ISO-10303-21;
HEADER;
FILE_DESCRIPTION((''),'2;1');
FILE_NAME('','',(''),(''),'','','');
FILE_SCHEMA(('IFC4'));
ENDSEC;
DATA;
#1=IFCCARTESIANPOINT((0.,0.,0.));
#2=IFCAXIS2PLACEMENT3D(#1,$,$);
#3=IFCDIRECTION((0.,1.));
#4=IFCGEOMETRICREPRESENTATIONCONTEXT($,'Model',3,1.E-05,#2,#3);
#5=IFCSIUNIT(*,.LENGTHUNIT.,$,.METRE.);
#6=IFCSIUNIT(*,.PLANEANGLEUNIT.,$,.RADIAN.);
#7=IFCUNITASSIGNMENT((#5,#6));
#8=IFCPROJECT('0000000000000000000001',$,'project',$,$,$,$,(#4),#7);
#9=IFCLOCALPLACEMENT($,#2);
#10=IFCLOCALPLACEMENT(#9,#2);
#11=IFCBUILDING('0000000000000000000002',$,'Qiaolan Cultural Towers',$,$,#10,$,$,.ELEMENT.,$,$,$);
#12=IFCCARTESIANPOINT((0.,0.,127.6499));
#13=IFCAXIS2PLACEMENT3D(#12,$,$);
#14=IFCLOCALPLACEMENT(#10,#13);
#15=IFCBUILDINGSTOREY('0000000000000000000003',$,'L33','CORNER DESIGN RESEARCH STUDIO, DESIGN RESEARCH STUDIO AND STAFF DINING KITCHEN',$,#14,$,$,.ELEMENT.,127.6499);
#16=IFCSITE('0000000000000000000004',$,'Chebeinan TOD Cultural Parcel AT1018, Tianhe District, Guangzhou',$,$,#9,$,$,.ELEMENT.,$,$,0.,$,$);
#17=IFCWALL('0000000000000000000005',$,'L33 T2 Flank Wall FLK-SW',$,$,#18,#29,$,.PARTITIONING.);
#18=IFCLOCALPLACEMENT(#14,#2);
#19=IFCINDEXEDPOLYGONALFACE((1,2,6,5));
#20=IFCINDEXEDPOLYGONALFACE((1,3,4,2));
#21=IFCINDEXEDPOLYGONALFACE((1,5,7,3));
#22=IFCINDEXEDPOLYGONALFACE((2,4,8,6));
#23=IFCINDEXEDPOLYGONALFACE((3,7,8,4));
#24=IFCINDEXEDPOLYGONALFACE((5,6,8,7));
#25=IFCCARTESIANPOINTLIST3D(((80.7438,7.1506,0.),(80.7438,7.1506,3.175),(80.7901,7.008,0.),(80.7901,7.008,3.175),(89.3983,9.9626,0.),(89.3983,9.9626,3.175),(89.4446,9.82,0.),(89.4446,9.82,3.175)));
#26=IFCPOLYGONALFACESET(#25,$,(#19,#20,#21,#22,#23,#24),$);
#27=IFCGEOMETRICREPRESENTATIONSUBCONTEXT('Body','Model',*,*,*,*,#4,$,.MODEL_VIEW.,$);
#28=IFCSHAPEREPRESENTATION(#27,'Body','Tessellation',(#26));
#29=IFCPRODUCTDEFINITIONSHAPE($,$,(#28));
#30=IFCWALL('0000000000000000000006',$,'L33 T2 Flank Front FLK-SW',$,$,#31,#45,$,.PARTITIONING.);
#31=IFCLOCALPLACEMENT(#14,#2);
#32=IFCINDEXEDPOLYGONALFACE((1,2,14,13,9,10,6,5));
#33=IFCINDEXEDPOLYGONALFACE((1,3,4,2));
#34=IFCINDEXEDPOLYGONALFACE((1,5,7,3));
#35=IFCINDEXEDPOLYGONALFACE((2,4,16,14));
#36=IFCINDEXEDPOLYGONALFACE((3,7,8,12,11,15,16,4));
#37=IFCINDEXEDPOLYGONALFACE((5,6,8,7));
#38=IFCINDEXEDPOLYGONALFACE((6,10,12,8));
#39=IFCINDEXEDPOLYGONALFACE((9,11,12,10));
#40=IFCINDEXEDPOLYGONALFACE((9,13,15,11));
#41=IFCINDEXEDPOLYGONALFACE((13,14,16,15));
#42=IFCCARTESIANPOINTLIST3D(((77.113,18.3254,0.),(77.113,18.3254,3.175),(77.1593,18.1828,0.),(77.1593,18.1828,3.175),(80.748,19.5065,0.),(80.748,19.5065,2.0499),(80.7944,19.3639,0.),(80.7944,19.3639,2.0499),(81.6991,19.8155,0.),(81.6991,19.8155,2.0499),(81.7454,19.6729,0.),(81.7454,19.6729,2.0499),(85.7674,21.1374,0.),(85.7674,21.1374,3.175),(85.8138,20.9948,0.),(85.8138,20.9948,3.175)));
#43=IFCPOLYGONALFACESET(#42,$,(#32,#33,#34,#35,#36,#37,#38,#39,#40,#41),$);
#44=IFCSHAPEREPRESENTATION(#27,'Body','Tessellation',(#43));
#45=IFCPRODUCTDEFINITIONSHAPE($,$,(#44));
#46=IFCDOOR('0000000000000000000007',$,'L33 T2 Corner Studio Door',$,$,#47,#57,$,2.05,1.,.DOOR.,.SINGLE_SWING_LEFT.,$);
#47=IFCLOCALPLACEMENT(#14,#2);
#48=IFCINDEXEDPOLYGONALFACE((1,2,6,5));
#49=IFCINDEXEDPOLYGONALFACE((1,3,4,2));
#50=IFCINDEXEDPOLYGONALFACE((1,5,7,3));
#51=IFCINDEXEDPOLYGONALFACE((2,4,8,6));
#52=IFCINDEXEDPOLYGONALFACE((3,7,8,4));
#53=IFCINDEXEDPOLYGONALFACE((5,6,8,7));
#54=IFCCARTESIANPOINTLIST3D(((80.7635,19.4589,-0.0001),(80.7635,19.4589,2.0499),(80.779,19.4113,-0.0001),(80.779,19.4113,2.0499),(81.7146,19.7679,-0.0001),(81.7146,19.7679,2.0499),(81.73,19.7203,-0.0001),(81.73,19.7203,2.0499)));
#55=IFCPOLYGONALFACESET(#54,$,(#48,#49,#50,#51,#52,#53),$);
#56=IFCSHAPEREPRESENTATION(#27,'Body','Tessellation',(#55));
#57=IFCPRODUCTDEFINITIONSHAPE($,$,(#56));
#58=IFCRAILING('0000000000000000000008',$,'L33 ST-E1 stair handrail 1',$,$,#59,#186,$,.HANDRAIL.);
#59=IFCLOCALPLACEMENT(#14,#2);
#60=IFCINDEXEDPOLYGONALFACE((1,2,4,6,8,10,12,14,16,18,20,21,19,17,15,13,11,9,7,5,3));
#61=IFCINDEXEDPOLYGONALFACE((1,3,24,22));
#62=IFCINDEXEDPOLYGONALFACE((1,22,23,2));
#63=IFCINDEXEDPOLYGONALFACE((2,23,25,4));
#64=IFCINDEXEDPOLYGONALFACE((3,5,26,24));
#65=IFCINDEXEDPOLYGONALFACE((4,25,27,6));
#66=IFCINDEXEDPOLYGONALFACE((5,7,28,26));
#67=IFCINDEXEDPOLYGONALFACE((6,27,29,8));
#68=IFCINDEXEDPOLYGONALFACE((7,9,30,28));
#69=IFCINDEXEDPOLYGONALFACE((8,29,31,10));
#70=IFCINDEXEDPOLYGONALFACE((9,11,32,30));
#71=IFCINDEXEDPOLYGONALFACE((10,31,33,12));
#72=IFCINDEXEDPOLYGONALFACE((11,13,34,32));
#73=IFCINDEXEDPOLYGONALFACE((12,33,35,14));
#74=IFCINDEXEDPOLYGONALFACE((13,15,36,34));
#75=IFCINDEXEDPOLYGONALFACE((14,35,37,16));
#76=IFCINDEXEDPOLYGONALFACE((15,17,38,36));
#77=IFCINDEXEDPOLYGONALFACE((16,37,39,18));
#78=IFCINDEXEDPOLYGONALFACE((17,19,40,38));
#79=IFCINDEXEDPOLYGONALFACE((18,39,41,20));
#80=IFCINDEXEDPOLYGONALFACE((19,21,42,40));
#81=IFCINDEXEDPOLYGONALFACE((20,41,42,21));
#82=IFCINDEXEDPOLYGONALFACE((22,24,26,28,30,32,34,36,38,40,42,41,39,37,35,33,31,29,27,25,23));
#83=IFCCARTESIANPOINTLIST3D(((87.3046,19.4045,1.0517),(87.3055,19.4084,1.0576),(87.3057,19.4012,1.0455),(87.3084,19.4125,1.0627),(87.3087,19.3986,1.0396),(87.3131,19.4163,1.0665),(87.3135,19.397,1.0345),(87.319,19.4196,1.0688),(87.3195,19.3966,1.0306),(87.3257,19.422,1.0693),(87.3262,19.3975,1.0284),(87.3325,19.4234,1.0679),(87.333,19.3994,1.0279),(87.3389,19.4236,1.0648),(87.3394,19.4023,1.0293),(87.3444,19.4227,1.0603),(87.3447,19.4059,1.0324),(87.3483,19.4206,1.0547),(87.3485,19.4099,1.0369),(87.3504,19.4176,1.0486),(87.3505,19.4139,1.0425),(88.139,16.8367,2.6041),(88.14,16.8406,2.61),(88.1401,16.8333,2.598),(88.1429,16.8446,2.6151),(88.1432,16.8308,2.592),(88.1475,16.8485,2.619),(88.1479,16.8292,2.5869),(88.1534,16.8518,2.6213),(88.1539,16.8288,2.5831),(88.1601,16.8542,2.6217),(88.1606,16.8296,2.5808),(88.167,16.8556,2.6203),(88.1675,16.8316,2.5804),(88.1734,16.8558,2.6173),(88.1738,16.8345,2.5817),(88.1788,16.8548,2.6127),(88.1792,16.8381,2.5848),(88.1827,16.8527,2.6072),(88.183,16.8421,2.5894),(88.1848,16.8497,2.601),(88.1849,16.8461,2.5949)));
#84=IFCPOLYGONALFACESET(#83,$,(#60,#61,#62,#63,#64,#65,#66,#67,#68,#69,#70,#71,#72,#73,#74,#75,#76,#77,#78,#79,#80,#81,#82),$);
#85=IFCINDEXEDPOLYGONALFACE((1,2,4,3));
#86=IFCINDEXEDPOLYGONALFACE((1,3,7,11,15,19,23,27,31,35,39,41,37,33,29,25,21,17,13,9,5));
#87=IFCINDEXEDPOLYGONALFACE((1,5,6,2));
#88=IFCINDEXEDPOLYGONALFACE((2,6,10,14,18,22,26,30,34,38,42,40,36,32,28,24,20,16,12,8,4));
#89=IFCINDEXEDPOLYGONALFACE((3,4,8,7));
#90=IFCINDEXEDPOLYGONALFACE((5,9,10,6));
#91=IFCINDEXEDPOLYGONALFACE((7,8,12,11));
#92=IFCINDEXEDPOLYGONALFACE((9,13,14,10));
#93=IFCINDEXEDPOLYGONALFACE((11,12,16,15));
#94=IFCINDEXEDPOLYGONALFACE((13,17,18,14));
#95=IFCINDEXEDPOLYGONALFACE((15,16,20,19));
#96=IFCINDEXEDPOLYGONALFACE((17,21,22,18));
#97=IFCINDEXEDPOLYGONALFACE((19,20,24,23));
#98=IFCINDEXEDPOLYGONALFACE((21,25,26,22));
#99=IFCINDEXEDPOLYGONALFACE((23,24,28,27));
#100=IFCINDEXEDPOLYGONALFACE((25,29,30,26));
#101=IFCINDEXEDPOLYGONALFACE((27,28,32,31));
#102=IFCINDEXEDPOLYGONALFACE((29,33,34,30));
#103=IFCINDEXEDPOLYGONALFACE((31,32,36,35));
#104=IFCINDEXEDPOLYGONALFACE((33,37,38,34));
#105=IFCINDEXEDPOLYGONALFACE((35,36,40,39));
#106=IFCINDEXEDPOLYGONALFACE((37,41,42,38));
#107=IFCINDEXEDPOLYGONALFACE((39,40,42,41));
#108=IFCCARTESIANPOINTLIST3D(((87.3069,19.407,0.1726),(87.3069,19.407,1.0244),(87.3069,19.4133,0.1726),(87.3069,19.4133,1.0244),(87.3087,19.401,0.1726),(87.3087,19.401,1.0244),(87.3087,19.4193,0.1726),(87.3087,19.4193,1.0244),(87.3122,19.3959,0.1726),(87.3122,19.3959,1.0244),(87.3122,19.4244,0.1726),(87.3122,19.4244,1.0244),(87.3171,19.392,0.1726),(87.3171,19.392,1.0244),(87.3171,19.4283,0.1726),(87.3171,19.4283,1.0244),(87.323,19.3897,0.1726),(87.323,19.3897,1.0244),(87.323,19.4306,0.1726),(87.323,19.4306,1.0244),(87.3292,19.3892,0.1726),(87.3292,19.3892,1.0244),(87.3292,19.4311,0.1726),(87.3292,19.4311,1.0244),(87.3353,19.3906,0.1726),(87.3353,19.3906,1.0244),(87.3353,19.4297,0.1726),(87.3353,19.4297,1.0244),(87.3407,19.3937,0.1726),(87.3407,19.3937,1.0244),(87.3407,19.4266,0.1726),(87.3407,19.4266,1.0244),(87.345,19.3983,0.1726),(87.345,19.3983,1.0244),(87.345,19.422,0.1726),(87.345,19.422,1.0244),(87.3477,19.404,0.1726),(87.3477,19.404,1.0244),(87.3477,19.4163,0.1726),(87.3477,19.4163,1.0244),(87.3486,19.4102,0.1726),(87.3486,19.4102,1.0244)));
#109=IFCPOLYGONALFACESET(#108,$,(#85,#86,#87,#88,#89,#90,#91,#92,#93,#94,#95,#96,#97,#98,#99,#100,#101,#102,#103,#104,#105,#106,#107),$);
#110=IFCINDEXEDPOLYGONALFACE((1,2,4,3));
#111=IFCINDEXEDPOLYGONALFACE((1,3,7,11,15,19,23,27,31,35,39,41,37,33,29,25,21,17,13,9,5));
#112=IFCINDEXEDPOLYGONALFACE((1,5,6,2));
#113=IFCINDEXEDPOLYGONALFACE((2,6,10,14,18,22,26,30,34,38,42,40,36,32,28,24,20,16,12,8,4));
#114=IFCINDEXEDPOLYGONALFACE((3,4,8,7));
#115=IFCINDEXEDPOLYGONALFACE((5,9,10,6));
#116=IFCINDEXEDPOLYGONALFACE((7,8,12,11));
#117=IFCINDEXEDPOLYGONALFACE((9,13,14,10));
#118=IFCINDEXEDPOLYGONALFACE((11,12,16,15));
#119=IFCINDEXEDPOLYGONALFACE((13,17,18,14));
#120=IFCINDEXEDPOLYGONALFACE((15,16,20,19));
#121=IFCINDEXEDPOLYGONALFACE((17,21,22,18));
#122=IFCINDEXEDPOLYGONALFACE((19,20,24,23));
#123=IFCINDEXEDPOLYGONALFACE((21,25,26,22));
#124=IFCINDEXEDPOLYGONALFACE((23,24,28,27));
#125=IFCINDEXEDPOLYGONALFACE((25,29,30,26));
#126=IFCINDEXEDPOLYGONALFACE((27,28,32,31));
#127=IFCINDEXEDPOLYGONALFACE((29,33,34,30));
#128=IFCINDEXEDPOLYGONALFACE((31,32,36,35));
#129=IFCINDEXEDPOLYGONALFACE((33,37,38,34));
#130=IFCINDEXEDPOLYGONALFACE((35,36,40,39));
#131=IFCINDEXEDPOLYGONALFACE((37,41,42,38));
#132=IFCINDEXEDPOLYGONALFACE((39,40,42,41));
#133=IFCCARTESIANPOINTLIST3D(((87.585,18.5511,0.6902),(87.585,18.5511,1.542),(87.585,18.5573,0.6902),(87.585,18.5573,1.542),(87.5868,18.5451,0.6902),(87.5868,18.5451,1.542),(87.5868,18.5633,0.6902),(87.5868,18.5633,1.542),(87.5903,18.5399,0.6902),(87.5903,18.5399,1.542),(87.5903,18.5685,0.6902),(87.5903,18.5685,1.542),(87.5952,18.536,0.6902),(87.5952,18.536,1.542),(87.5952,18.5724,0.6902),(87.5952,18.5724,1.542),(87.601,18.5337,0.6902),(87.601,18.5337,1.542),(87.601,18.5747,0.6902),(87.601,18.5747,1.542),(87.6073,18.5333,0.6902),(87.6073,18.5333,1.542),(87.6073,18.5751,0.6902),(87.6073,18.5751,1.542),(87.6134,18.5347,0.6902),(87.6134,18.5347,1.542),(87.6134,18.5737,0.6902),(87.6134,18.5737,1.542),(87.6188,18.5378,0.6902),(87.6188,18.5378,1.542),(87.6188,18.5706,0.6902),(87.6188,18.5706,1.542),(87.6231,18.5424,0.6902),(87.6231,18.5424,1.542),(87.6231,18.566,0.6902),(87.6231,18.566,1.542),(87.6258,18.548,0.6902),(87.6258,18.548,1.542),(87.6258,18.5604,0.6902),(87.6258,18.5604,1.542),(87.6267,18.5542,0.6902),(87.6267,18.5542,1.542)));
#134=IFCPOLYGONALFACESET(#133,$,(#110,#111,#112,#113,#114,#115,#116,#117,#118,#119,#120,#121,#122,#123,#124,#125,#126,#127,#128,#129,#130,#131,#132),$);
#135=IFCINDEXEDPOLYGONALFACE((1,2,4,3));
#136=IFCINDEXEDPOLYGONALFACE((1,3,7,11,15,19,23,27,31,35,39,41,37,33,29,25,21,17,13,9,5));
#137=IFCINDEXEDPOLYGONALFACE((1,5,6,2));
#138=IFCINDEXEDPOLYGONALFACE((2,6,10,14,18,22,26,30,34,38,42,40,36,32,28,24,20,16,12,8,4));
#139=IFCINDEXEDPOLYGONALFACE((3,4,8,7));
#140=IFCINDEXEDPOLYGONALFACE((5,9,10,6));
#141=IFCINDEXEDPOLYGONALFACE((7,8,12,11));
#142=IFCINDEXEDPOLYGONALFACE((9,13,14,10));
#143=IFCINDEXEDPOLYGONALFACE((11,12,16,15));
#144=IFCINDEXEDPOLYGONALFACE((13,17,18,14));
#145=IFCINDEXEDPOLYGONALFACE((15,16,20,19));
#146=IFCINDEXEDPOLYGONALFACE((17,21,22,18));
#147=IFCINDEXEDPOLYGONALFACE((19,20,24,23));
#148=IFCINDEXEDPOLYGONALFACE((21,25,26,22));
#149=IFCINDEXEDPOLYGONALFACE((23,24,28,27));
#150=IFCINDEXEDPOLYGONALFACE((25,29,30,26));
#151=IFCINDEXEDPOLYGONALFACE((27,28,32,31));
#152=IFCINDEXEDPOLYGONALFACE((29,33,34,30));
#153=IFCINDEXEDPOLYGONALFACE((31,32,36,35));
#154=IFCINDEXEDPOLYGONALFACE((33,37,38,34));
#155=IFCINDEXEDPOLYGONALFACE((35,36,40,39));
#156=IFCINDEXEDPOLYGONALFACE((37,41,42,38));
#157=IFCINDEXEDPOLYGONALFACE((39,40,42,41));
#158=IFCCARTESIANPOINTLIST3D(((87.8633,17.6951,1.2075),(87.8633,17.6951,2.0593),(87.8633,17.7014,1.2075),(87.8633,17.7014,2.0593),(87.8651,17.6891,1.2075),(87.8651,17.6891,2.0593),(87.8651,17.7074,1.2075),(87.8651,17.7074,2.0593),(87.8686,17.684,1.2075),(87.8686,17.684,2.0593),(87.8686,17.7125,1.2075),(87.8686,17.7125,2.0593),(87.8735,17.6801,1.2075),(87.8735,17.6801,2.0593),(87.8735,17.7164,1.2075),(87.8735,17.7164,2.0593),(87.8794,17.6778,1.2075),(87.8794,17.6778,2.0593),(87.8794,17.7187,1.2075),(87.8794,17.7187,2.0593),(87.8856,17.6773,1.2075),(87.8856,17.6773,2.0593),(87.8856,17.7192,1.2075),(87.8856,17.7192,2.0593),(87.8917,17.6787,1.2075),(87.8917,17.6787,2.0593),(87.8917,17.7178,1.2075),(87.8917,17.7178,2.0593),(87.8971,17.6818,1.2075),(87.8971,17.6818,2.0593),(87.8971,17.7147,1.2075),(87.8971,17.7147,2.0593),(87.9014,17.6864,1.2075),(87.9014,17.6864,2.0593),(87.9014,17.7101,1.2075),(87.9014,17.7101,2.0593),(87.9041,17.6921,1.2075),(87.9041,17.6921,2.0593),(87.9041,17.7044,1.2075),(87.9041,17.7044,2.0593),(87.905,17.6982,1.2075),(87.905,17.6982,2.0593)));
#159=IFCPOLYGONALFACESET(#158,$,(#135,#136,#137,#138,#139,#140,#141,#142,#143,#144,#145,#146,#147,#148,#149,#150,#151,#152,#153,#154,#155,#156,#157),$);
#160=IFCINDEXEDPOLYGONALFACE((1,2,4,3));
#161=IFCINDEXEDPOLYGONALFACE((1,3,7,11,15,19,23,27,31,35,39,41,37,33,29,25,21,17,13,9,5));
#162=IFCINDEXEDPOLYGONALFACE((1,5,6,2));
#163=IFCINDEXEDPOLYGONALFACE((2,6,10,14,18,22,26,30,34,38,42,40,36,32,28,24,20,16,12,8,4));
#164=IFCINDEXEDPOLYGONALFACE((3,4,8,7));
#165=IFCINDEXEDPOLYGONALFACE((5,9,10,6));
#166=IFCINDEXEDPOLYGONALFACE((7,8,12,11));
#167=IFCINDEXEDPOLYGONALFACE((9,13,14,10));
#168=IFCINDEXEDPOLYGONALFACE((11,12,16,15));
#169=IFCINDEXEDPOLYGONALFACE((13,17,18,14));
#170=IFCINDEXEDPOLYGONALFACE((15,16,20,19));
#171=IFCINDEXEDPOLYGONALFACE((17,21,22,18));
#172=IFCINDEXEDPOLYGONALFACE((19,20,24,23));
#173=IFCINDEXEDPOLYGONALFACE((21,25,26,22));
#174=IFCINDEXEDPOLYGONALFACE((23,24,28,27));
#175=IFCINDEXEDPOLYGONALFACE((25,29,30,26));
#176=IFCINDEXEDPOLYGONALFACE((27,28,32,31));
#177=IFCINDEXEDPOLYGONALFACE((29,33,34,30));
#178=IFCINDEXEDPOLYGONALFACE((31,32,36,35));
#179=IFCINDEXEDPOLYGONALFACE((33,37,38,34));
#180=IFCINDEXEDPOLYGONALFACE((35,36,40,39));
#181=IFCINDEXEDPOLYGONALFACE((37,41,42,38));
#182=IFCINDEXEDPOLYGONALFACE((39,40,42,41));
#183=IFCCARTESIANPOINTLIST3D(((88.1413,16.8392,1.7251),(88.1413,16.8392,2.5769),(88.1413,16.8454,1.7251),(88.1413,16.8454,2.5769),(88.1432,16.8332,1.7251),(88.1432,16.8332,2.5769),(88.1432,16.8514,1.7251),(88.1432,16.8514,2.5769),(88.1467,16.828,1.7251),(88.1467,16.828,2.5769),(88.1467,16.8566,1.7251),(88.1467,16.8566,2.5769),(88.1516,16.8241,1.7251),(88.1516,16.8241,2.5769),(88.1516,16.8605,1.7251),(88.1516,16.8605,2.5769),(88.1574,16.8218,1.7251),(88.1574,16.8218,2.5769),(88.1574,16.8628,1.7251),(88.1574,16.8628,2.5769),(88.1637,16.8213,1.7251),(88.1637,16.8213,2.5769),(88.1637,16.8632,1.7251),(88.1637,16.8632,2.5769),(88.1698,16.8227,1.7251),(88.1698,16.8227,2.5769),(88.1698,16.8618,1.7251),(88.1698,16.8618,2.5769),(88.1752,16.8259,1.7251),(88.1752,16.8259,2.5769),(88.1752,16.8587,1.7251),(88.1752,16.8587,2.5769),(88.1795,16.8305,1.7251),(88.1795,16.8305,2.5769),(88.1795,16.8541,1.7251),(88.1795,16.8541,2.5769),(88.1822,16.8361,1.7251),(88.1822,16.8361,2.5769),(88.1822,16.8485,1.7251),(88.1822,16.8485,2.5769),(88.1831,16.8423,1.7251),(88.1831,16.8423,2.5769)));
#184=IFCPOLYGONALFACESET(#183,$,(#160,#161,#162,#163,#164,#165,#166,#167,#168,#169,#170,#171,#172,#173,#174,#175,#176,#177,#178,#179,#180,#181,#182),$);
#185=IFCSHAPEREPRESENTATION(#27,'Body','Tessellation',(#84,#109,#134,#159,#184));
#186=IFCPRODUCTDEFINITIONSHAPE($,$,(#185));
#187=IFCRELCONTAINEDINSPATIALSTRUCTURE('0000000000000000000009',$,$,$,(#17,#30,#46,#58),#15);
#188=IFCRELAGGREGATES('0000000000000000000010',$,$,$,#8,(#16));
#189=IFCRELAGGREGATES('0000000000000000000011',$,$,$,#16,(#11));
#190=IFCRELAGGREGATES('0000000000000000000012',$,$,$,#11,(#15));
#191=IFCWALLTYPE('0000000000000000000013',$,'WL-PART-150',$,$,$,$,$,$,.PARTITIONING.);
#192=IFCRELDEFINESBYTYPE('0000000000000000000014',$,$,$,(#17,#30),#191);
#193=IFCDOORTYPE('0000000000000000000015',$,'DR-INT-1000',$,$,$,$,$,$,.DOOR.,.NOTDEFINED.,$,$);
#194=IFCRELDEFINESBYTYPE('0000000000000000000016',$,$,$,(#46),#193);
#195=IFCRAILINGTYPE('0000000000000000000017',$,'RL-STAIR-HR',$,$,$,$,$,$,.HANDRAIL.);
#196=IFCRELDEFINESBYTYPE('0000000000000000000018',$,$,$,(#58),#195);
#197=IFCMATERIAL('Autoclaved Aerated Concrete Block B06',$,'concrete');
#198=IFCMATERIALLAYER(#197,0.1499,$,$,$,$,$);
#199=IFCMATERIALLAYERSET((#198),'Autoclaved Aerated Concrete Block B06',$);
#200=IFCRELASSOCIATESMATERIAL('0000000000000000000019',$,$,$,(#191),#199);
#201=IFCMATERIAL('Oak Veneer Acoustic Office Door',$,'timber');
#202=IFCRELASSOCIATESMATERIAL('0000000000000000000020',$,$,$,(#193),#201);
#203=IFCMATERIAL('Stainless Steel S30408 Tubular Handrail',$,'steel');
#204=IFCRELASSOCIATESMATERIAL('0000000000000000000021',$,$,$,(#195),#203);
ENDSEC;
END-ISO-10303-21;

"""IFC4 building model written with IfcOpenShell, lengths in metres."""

from ifc_helpers import new_model, si_unit, direction, frame, frame_2d, origin, origin_2d, place, context, subcontext, project, spatial, rectangle, circle, extrude, material, layer, layer_set, type_object, element, fill, save


model = new_model("IFC4")

# Units and contexts
model_context = context("Model", 3, precision=1e-05, world=origin(), true_north=direction((0.0, 1.0)))
body_context = subcontext(model_context, "Body", "Model", "MODEL_VIEW")
ifc_project = project(units=[si_unit("LENGTHUNIT", "METRE"), si_unit("PLANEANGLEUNIT", "RADIAN")], contexts=[model_context])

# Site, building, storey
site_placement = place(None, origin())
site = spatial("IfcSite", under=ifc_project, at=site_placement, Name="Chebeinan TOD Cultural Parcel AT1018, Tianhe District, Guangzhou", CompositionType="ELEMENT", RefElevation=0.0)
building_placement = place(site_placement, origin())
building = spatial("IfcBuilding", under=site, at=building_placement, Name="Qiaolan Cultural Towers", CompositionType="ELEMENT")
storey_placement = place(building_placement, frame((0.0, 0.0, 127.6499)))
storey = spatial("IfcBuildingStorey", under=building, at=storey_placement, Name="L33", Description="CORNER DESIGN RESEARCH STUDIO, DESIGN RESEARCH STUDIO AND STAFF DINING KITCHEN", CompositionType="ELEMENT", Elevation=127.6499)

# Wall
ifc_material_1 = material(Name="Autoclaved Aerated Concrete Block B06", Category="concrete")
ifc_layer_1 = layer(ifc_material_1, 0.1499)
ifc_layer_set_1 = layer_set([ifc_layer_1], Name="Autoclaved Aerated Concrete Block B06")
wall_type_1 = type_object("IfcWallType", Name="WL-PART-150", PredefinedType="PARTITIONING", material=ifc_layer_set_1)
wall_1_placement = place(storey_placement, frame((80.7671, 7.0793, 0.0), z_axis=(0.0, 0.0, 1.0), x_axis=(0.951057, 0.309015, 0.0)))
element("IfcWall", 1, at=wall_1_placement, inside=storey, type_object=wall_type_1, Name="L33 T2 Flank Wall FLK-SW", PredefinedType="PARTITIONING", context=body_context, shape_type="SweptSolid", body=[
    extrude(rectangle(XDim=9.0999, YDim=0.1499, at=frame_2d((4.5498, 0.0))), origin(), (0.0, 0.0, 1.0), 3.175),
])

# Wall, opening, door
wall_2_placement = place(storey_placement, frame((77.1362, 18.2542, 0.0), z_axis=(0.0, 0.0, 1.0), x_axis=(0.951057, 0.309015, 0.0)))
wall_2 = element("IfcWall", 2, at=wall_2_placement, inside=storey, type_object=wall_type_1, Name="L33 T2 Flank Front FLK-SW", PredefinedType="PARTITIONING", context=body_context, shape_type="SweptSolid", body=[
    extrude(rectangle(XDim=9.0999, YDim=0.1499, at=frame_2d((4.5498, 0.0))), origin(), (0.0, 0.0, 1.0), 3.175),
])
opening_1_placement = place(wall_2_placement, frame((3.822, 0.0, 0.0)))
opening_1 = element("IfcOpeningElement", 3, at=opening_1_placement, cuts=wall_2, PredefinedType="OPENING", context=body_context, shape_type="SweptSolid", body=[
    extrude(rectangle(XDim=1.0, YDim=2.05, at=frame_2d((0.5, 1.0249))), frame((0.0, 0.085, 0.0), z_axis=(0.0, -1.0, 0.0), x_axis=(1.0, 0.0, 0.0)), (0.0, 0.0, 1.0), 0.1699),
])
ifc_material_2 = material(Name="Oak Veneer Acoustic Office Door", Category="timber")
door_type = type_object("IfcDoorType", Name="DR-INT-1000", OperationType="NOTDEFINED", PredefinedType="DOOR", material=ifc_material_2)
door_placement = place(opening_1_placement, origin())
door = element("IfcDoor", 4, at=door_placement, inside=storey, type_object=door_type, Name="L33 T2 Corner Studio Door", OperationType="SINGLE_SWING_LEFT", OverallHeight=2.05, OverallWidth=1.0, PredefinedType="DOOR", context=body_context, shape_type="SweptSolid", body=[
    extrude(rectangle(XDim=1.0, YDim=2.05, at=frame_2d((0.5, 1.0249))), frame((0.0, 0.0249, 0.0), z_axis=(0.0, -1.0, 0.0), x_axis=(1.0, 0.0, 0.0)), (0.0, 0.0, 1.0), 0.05),
])
fill(opening_1, door)

# Railing
ifc_material_3 = material(Name="Stainless Steel S30408 Tubular Handrail", Category="steel")
railing_type = type_object("IfcRailingType", Name="RL-STAIR-HR", PredefinedType="HANDRAIL", material=ifc_material_3)
railing_placement = place(storey_placement, frame((87.3276, 19.4102, 0.1726)))
element("IfcRailing", 5, at=railing_placement, inside=storey, type_object=railing_type, Name="L33 ST-E1 stair handrail 1", PredefinedType="HANDRAIL", context=body_context, shape_type="SweptSolid", body=[
    extrude(circle(Radius=0.0239, at=origin_2d()), frame((0.0, 0.0, 0.876), z_axis=(0.267926, -0.824471, 0.498461), x_axis=(0.951043, 0.309057, 0.0)), (0.0, 0.0, 1.0), 3.1145),
    extrude(circle(Radius=0.021, at=origin_2d()), origin(), (0.0, 0.0, 1.0), 0.8518),
    extrude(circle(Radius=0.021, at=origin_2d()), frame((0.2781, -0.856, 0.5176)), (0.0, 0.0, 1.0), 0.8518),
    extrude(circle(Radius=0.021, at=origin_2d()), frame((0.5564, -1.7119, 1.0349)), (0.0, 0.0, 1.0), 0.8518),
    extrude(circle(Radius=0.021, at=origin_2d()), frame((0.8345, -2.5679, 1.5525)), (0.0, 0.0, 1.0), 0.8518),
])

save(model, "model.ifc")
